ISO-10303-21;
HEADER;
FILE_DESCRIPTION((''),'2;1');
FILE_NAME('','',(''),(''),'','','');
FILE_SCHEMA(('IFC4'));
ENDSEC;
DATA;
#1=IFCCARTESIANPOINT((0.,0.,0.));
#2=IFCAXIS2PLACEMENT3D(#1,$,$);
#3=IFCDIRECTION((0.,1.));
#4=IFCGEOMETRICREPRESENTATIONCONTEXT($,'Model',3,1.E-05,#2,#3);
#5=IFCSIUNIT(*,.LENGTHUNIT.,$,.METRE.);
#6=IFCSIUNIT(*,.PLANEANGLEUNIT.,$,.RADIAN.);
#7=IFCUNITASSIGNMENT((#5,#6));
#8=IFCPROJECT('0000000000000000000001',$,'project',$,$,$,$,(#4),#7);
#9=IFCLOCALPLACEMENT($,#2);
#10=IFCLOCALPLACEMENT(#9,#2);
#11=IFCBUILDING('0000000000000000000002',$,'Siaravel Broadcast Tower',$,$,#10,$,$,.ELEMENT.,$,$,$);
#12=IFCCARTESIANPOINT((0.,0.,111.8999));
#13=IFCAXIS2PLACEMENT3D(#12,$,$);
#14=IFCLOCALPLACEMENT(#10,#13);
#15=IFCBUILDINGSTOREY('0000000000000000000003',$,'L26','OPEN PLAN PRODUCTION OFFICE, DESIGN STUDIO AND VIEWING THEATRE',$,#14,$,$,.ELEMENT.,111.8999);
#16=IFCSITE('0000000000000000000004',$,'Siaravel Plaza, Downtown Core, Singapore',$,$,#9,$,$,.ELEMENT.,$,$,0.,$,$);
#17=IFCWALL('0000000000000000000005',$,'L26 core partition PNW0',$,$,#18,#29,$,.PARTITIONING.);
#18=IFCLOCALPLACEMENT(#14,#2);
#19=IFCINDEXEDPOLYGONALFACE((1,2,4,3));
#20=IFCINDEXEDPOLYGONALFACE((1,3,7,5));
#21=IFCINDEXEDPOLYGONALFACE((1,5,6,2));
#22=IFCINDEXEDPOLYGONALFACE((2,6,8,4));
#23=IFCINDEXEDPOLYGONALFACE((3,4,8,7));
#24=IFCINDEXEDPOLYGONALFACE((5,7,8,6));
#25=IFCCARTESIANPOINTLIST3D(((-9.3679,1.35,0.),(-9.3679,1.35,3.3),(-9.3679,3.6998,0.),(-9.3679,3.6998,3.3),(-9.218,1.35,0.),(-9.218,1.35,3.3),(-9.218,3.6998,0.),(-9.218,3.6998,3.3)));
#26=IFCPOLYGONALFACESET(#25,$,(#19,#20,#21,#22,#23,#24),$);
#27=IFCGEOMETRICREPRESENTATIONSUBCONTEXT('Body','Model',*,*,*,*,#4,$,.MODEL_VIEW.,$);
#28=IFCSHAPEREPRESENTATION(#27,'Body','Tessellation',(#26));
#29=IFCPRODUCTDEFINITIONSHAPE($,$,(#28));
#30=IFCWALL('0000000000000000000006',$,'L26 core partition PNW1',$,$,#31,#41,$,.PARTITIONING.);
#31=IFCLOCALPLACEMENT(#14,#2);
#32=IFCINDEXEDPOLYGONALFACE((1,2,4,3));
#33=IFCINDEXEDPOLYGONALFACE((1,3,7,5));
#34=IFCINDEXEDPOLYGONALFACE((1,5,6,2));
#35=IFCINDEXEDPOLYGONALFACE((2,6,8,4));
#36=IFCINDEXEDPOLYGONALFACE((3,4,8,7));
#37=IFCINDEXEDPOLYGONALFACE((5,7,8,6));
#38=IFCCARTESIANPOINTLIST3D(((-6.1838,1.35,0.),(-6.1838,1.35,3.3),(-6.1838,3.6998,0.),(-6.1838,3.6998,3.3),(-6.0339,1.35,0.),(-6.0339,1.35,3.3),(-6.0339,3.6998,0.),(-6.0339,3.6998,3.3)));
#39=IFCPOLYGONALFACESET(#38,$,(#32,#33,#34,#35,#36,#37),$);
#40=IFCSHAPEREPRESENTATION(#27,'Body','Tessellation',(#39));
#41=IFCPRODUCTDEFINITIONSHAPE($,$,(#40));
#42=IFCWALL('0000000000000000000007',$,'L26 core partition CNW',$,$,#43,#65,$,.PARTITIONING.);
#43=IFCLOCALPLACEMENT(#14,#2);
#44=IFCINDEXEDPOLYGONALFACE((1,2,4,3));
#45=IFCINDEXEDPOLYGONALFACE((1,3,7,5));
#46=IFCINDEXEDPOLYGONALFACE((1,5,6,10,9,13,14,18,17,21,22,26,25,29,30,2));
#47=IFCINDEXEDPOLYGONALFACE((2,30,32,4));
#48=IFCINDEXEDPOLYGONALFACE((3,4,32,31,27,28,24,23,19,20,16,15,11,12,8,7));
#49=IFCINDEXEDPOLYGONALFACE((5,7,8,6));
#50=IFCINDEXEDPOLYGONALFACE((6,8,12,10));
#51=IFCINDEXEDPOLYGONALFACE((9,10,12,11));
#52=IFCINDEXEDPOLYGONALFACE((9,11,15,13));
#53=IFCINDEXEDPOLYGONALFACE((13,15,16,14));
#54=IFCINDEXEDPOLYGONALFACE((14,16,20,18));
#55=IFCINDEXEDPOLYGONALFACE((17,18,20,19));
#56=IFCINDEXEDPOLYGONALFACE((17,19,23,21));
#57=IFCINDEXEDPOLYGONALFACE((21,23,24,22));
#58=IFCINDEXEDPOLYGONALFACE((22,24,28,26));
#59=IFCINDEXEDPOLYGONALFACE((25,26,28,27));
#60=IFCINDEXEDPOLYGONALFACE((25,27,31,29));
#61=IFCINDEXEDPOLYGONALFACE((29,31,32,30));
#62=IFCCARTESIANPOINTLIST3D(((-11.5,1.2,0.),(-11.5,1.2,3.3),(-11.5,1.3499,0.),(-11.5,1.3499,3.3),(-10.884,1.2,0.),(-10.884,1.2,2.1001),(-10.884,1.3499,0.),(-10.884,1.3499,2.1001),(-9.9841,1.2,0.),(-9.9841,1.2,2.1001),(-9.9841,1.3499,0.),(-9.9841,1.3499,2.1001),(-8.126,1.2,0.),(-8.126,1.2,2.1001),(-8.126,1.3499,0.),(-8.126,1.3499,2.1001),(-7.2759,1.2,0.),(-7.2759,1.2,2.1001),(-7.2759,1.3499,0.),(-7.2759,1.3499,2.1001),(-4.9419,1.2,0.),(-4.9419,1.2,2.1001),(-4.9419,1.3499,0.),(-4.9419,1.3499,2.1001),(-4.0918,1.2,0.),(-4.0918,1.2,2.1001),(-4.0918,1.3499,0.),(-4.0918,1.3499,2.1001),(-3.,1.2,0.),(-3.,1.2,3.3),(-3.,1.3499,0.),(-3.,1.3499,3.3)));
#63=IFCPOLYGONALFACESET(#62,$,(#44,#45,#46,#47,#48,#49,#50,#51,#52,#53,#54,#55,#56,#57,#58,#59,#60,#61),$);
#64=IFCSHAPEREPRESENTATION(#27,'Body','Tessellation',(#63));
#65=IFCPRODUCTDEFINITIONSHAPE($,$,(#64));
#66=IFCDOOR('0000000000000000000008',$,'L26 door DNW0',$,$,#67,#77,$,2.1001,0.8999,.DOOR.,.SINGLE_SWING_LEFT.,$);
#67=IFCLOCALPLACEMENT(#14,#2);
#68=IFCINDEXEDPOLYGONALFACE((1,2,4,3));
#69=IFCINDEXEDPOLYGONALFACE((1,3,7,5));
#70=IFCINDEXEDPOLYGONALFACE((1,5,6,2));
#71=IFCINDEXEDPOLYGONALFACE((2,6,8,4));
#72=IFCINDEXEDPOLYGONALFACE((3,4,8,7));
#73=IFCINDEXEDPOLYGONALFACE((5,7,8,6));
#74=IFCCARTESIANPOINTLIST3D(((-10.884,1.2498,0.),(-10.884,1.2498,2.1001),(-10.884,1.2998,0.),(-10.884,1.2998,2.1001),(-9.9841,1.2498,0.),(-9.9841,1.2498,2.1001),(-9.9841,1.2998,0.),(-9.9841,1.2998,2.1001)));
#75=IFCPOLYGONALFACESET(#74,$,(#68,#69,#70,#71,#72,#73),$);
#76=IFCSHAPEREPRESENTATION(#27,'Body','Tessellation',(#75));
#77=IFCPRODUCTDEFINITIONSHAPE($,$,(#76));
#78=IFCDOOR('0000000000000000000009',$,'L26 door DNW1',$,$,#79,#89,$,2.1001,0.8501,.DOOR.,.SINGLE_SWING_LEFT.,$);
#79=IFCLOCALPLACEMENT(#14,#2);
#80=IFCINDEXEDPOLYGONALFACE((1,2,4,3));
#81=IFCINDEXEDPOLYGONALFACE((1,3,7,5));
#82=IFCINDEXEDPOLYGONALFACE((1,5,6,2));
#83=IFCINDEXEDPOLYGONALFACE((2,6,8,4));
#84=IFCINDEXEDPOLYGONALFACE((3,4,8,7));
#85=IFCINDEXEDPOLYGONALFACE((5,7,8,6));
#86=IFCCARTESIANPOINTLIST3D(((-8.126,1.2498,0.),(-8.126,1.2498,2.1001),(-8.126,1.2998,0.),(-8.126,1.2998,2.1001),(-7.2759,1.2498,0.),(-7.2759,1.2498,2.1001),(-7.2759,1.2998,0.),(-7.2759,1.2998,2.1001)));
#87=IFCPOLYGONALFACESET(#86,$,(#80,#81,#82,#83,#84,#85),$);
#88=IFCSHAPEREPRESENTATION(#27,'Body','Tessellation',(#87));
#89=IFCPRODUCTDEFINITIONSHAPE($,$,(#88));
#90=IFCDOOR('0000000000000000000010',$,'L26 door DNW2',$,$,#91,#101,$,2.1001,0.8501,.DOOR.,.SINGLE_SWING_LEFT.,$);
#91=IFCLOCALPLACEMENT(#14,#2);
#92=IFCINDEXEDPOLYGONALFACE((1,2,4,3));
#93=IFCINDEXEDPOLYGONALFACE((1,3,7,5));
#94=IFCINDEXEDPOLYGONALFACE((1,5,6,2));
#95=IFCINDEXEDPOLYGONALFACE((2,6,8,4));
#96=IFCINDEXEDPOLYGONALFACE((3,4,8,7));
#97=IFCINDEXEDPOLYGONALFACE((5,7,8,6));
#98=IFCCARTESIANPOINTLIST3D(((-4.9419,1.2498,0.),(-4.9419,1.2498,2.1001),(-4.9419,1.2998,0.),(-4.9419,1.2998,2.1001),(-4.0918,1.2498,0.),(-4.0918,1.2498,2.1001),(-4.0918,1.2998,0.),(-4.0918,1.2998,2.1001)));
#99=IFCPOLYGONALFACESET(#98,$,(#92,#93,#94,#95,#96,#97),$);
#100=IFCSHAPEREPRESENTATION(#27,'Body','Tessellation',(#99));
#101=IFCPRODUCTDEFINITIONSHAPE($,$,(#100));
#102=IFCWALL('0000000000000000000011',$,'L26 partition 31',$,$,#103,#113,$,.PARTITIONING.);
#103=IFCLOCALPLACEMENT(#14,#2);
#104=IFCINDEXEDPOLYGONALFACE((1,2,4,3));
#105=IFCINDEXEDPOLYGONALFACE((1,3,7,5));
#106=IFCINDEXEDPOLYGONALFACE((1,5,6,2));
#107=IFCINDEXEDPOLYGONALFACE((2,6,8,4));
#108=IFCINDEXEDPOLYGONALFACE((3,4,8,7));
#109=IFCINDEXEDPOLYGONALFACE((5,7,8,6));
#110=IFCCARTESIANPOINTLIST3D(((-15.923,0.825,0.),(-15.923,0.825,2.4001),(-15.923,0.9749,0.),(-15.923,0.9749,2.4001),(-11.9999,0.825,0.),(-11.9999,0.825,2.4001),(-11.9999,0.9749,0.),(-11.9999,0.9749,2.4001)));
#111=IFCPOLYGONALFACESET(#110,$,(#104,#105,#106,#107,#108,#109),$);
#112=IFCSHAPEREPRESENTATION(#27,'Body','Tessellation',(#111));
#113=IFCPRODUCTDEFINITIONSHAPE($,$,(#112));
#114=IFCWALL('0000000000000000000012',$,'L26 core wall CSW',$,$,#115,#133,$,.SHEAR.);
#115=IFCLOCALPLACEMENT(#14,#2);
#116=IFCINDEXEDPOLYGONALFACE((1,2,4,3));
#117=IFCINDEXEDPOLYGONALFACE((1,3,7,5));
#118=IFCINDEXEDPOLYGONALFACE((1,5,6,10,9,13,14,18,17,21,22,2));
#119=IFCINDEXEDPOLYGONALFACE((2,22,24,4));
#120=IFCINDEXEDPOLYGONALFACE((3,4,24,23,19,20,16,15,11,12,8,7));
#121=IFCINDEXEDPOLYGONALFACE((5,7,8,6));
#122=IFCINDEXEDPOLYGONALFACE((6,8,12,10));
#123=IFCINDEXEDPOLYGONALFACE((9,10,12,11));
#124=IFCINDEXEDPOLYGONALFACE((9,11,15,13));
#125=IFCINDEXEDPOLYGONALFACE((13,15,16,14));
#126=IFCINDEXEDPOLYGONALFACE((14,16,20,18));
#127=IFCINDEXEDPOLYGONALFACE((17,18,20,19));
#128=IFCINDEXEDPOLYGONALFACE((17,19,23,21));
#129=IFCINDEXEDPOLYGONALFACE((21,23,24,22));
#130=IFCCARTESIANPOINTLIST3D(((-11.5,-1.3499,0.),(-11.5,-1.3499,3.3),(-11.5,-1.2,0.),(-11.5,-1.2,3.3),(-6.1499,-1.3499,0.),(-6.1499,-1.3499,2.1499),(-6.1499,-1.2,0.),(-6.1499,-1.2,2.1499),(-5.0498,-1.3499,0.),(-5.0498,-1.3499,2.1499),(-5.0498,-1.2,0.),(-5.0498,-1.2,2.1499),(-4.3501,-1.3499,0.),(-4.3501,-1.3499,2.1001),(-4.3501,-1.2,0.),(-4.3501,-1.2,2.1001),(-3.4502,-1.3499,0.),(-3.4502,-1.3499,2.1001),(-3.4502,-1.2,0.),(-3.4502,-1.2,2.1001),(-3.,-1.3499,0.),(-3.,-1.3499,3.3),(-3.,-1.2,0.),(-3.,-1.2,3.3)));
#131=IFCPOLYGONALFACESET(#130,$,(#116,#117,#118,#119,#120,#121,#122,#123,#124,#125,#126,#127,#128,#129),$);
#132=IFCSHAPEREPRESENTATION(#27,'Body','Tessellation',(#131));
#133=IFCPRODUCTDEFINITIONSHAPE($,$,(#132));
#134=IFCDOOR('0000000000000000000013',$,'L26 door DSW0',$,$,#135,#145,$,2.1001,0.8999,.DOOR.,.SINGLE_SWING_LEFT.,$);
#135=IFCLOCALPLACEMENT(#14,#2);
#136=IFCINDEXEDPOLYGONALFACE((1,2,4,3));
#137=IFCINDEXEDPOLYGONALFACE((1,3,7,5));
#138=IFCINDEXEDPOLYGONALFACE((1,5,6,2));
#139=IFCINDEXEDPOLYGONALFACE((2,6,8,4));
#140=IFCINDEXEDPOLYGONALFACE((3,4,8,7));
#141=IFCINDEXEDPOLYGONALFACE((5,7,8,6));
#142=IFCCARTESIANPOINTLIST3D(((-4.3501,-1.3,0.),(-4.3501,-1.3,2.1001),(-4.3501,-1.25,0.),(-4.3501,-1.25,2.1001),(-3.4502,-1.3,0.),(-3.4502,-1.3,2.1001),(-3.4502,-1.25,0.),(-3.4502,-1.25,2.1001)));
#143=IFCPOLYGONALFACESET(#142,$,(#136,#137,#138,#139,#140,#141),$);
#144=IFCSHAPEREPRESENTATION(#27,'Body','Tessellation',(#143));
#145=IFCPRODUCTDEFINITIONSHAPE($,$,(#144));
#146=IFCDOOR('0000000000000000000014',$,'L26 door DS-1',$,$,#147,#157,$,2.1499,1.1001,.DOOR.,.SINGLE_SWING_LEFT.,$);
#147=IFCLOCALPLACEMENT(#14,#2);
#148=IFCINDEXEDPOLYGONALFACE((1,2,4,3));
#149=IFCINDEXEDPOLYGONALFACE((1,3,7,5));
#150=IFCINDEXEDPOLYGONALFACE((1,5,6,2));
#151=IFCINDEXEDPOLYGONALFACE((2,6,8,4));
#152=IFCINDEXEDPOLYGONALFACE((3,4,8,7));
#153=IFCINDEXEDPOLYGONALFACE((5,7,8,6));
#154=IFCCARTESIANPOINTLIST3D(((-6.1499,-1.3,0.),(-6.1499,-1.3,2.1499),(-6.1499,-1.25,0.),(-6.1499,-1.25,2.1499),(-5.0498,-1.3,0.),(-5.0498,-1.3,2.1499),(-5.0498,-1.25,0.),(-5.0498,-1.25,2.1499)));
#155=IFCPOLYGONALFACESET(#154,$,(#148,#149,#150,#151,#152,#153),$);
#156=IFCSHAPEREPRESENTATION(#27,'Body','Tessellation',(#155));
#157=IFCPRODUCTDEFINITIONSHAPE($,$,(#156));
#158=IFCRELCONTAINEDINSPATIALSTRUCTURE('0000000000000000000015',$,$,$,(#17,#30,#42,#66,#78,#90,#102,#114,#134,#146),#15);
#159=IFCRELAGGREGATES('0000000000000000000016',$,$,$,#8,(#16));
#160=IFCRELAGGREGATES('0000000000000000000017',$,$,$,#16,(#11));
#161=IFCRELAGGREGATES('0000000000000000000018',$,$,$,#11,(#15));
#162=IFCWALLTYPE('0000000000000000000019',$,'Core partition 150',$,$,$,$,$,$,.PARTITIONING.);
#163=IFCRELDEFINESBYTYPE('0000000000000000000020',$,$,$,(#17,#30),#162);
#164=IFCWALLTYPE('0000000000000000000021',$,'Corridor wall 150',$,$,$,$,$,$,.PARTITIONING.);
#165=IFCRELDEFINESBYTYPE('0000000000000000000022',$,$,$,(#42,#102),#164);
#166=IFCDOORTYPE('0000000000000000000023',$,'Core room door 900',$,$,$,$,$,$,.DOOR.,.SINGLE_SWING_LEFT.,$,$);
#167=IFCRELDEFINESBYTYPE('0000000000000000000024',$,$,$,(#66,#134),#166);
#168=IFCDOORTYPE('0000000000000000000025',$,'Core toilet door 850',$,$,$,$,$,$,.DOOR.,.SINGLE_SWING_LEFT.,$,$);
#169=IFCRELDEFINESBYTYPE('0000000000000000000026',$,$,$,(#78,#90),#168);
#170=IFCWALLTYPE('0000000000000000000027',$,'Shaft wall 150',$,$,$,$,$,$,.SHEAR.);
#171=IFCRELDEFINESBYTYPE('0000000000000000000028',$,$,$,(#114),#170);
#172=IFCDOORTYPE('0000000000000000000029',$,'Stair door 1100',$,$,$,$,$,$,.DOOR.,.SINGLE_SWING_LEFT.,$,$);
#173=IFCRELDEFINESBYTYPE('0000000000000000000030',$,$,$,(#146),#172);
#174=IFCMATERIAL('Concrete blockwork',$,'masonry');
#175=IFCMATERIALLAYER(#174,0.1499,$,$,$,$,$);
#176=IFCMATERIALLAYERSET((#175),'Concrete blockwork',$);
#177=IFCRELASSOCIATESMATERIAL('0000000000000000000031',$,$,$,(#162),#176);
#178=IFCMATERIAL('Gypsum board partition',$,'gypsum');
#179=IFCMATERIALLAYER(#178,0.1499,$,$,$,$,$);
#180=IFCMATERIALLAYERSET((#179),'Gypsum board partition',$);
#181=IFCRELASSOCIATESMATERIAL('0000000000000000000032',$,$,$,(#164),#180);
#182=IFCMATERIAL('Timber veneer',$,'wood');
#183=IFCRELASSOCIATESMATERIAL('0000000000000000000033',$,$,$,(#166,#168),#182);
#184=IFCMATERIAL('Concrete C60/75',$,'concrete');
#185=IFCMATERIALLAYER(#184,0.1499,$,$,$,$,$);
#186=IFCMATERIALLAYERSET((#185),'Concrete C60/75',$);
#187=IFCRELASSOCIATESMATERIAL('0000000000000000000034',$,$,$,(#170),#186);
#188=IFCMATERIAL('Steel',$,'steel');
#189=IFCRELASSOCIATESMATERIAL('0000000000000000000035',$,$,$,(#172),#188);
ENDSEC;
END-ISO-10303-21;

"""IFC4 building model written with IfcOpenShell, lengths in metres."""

from ifc_helpers import new_model, si_unit, direction, frame, frame_2d, origin, place, context, subcontext, project, spatial, rectangle, extrude, material, layer, layer_set, type_object, element, fill, save


model = new_model("IFC4")

# Units and contexts
model_context = context("Model", 3, precision=1e-05, world=origin(), true_north=direction((0.0, 1.0)))
body_context = subcontext(model_context, "Body", "Model", "MODEL_VIEW")
ifc_project = project(units=[si_unit("LENGTHUNIT", "METRE"), si_unit("PLANEANGLEUNIT", "RADIAN")], contexts=[model_context])

# Site, building, storey
site_placement = place(None, origin())
site = spatial("IfcSite", under=ifc_project, at=site_placement, Name="Siaravel Plaza, Downtown Core, Singapore", CompositionType="ELEMENT", RefElevation=0.0)
building_placement = place(site_placement, origin())
building = spatial("IfcBuilding", under=site, at=building_placement, Name="Siaravel Broadcast Tower", CompositionType="ELEMENT")
storey_placement = place(building_placement, frame((0.0, 0.0, 111.8999)))
storey = spatial("IfcBuildingStorey", under=building, at=storey_placement, Name="L26", Description="OPEN PLAN PRODUCTION OFFICE, DESIGN STUDIO AND VIEWING THEATRE", CompositionType="ELEMENT", Elevation=111.8999)

# Walls
ifc_material_1 = material(Name="Concrete blockwork", Category="masonry")
ifc_layer_1 = layer(ifc_material_1, 0.1499)
ifc_layer_set_1 = layer_set([ifc_layer_1], Name="Concrete blockwork")
wall_type_1 = type_object("IfcWallType", Name="Core partition 150", PredefinedType="PARTITIONING", material=ifc_layer_set_1)
for number, where, z_axis, x_axis, name in (
    (1, (-9.293, 1.3501, 0.0), (0.0, 0.0, 1.0), (0.0, 1.0, 0.0), "L26 core partition PNW0"),
    (2, (-6.1089, 1.3501, 0.0), (0.0, 0.0, 1.0), (0.0, 1.0, 0.0), "L26 core partition PNW1"),
):
    element("IfcWall", number, at=place(storey_placement, frame(where, z_axis=z_axis, x_axis=x_axis)), inside=storey, type_object=wall_type_1, Name=name, PredefinedType="PARTITIONING", context=body_context, shape_type="SweptSolid", body=[
        extrude(rectangle(XDim=2.3499, YDim=0.1499, at=frame_2d((1.1748, 0.0))), origin(), (0.0, 0.0, 1.0), 3.3),
    ])

# Wall, openings, doors
ifc_material_2 = material(Name="Gypsum board partition", Category="gypsum")
ifc_layer_2 = layer(ifc_material_2, 0.1499)
ifc_layer_set_2 = layer_set([ifc_layer_2], Name="Gypsum board partition")
wall_type_2 = type_object("IfcWallType", Name="Corridor wall 150", PredefinedType="PARTITIONING", material=ifc_layer_set_2)
wall_1_placement = place(storey_placement, frame((-11.5, 1.2749, 0.0), z_axis=(0.0, 0.0, 1.0), x_axis=(1.0, 0.0, 0.0)))
wall_1 = element("IfcWall", 3, at=wall_1_placement, inside=storey, type_object=wall_type_2, Name="L26 core partition CNW", PredefinedType="PARTITIONING", context=body_context, shape_type="SweptSolid", body=[
    extrude(rectangle(XDim=8.5, YDim=0.1499, at=frame_2d((4.25, 0.0))), origin(), (0.0, 0.0, 1.0), 3.3),
])
opening_1_placement = place(wall_1_placement, frame((0.616, 0.0, 0.0)))
opening_1 = element("IfcOpeningElement", 4, at=opening_1_placement, cuts=wall_1, PredefinedType="OPENING", context=body_context, shape_type="SweptSolid", body=[
    extrude(rectangle(XDim=0.8999, YDim=2.1001, at=frame_2d((0.45, 1.05))), frame((0.0, 0.085, 0.0), z_axis=(0.0, -1.0, 0.0), x_axis=(1.0, 0.0, 0.0)), (0.0, 0.0, 1.0), 0.1699),
])
opening_2_placement = place(wall_1_placement, frame((3.374, 0.0, 0.0)))
opening_2 = element("IfcOpeningElement", 5, at=opening_2_placement, cuts=wall_1, PredefinedType="OPENING", context=body_context, shape_type="SweptSolid", body=[
    extrude(rectangle(XDim=0.8501, YDim=2.1001, at=frame_2d((0.425, 1.05))), frame((0.0, 0.085, 0.0), z_axis=(0.0, -1.0, 0.0), x_axis=(1.0, 0.0, 0.0)), (0.0, 0.0, 1.0), 0.1699),
])
opening_3_placement = place(wall_1_placement, frame((6.5581, 0.0, 0.0)))
opening_3 = element("IfcOpeningElement", 6, at=opening_3_placement, cuts=wall_1, PredefinedType="OPENING", context=body_context, shape_type="SweptSolid", body=[
    extrude(rectangle(XDim=0.8501, YDim=2.1001, at=frame_2d((0.425, 1.05))), frame((0.0, 0.085, 0.0), z_axis=(0.0, -1.0, 0.0), x_axis=(1.0, 0.0, 0.0)), (0.0, 0.0, 1.0), 0.1699),
])
ifc_material_3 = material(Name="Timber veneer", Category="wood")
door_type_1 = type_object("IfcDoorType", Name="Core room door 900", OperationType="SINGLE_SWING_LEFT", PredefinedType="DOOR", material=ifc_material_3)
door_1_placement = place(opening_1_placement, origin())
door_1 = element("IfcDoor", 7, at=door_1_placement, inside=storey, type_object=door_type_1, Name="L26 door DNW0", OperationType="SINGLE_SWING_LEFT", OverallHeight=2.1001, OverallWidth=0.8999, PredefinedType="DOOR", context=body_context, shape_type="SweptSolid", body=[
    extrude(rectangle(XDim=0.8999, YDim=2.1001, at=frame_2d((0.45, 1.05))), frame((0.0, 0.0249, 0.0), z_axis=(0.0, -1.0, 0.0), x_axis=(1.0, 0.0, 0.0)), (0.0, 0.0, 1.0), 0.05),
])
fill(opening_1, door_1)
door_type_2 = type_object("IfcDoorType", Name="Core toilet door 850", OperationType="SINGLE_SWING_LEFT", PredefinedType="DOOR", material=ifc_material_3)
door_2_placement = place(opening_2_placement, origin())
door_2 = element("IfcDoor", 8, at=door_2_placement, inside=storey, type_object=door_type_2, Name="L26 door DNW1", OperationType="SINGLE_SWING_LEFT", OverallHeight=2.1001, OverallWidth=0.8501, PredefinedType="DOOR", context=body_context, shape_type="SweptSolid", body=[
    extrude(rectangle(XDim=0.8501, YDim=2.1001, at=frame_2d((0.425, 1.05))), frame((0.0, 0.0249, 0.0), z_axis=(0.0, -1.0, 0.0), x_axis=(1.0, 0.0, 0.0)), (0.0, 0.0, 1.0), 0.05),
])
fill(opening_2, door_2)
door_3_placement = place(opening_3_placement, origin())
door_3 = element("IfcDoor", 9, at=door_3_placement, inside=storey, type_object=door_type_2, Name="L26 door DNW2", OperationType="SINGLE_SWING_LEFT", OverallHeight=2.1001, OverallWidth=0.8501, PredefinedType="DOOR", context=body_context, shape_type="SweptSolid", body=[
    extrude(rectangle(XDim=0.8501, YDim=2.1001, at=frame_2d((0.425, 1.05))), frame((0.0, 0.0249, 0.0), z_axis=(0.0, -1.0, 0.0), x_axis=(1.0, 0.0, 0.0)), (0.0, 0.0, 1.0), 0.05),
])
fill(opening_3, door_3)

# Wall
wall_2_placement = place(storey_placement, frame((-12.0, 0.8999, 0.0), z_axis=(0.0, 0.0, 1.0), x_axis=(-1.0, 0.0, 0.0)))
element("IfcWall", 10, at=wall_2_placement, inside=storey, type_object=wall_type_2, Name="L26 partition 31", PredefinedType="PARTITIONING", context=body_context, shape_type="SweptSolid", body=[
    extrude(rectangle(XDim=3.9231, YDim=0.1499, at=frame_2d((1.9614, 0.0))), origin(), (0.0, 0.0, 1.0), 2.4001),
])

# Wall, openings, doors
ifc_material_4 = material(Name="Concrete C60/75", Category="concrete")
ifc_layer_3 = layer(ifc_material_4, 0.1499)
ifc_layer_set_3 = layer_set([ifc_layer_3], Name="Concrete C60/75")
wall_type_3 = type_object("IfcWallType", Name="Shaft wall 150", PredefinedType="SHEAR", material=ifc_layer_set_3)
wall_3_placement = place(storey_placement, frame((-11.5, -1.2749, 0.0), z_axis=(0.0, 0.0, 1.0), x_axis=(1.0, 0.0, 0.0)))
wall_3 = element("IfcWall", 11, at=wall_3_placement, inside=storey, type_object=wall_type_3, Name="L26 core wall CSW", PredefinedType="SHEAR", context=body_context, shape_type="SweptSolid", body=[
    extrude(rectangle(XDim=8.5, YDim=0.1499, at=frame_2d((4.25, 0.0))), origin(), (0.0, 0.0, 1.0), 3.3),
])
opening_4_placement = place(wall_3_placement, frame((5.3501, 0.0, 0.0)))
opening_4 = element("IfcOpeningElement", 12, at=opening_4_placement, cuts=wall_3, PredefinedType="OPENING", context=body_context, shape_type="SweptSolid", body=[
    extrude(rectangle(XDim=1.1001, YDim=2.1499, at=frame_2d((0.55, 1.075))), frame((0.0, 0.085, 0.0), z_axis=(0.0, -1.0, 0.0), x_axis=(1.0, 0.0, 0.0)), (0.0, 0.0, 1.0), 0.1699),
])
opening_5_placement = place(wall_3_placement, frame((7.1499, 0.0, 0.0)))
opening_5 = element("IfcOpeningElement", 13, at=opening_5_placement, cuts=wall_3, PredefinedType="OPENING", context=body_context, shape_type="SweptSolid", body=[
    extrude(rectangle(XDim=0.8999, YDim=2.1001, at=frame_2d((0.45, 1.05))), frame((0.0, 0.085, 0.0), z_axis=(0.0, -1.0, 0.0), x_axis=(1.0, 0.0, 0.0)), (0.0, 0.0, 1.0), 0.1699),
])
door_4_placement = place(opening_5_placement, origin())
door_4 = element("IfcDoor", 14, at=door_4_placement, inside=storey, type_object=door_type_1, Name="L26 door DSW0", OperationType="SINGLE_SWING_LEFT", OverallHeight=2.1001, OverallWidth=0.8999, PredefinedType="DOOR", context=body_context, shape_type="SweptSolid", body=[
    extrude(rectangle(XDim=0.8999, YDim=2.1001, at=frame_2d((0.45, 1.05))), frame((0.0, 0.0249, 0.0), z_axis=(0.0, -1.0, 0.0), x_axis=(1.0, 0.0, 0.0)), (0.0, 0.0, 1.0), 0.05),
])
fill(opening_5, door_4)
ifc_material_5 = material(Name="Steel", Category="steel")
door_type_3 = type_object("IfcDoorType", Name="Stair door 1100", OperationType="SINGLE_SWING_LEFT", PredefinedType="DOOR", material=ifc_material_5)
door_5_placement = place(opening_4_placement, origin())
door_5 = element("IfcDoor", 15, at=door_5_placement, inside=storey, type_object=door_type_3, Name="L26 door DS-1", OperationType="SINGLE_SWING_LEFT", OverallHeight=2.1499, OverallWidth=1.1001, PredefinedType="DOOR", context=body_context, shape_type="SweptSolid", body=[
    extrude(rectangle(XDim=1.1001, YDim=2.1499, at=frame_2d((0.55, 1.075))), frame((0.0, 0.0249, 0.0), z_axis=(0.0, -1.0, 0.0), x_axis=(1.0, 0.0, 0.0)), (0.0, 0.0, 1.0), 0.05),
])
fill(opening_4, door_5)

save(model, "model.ifc")
